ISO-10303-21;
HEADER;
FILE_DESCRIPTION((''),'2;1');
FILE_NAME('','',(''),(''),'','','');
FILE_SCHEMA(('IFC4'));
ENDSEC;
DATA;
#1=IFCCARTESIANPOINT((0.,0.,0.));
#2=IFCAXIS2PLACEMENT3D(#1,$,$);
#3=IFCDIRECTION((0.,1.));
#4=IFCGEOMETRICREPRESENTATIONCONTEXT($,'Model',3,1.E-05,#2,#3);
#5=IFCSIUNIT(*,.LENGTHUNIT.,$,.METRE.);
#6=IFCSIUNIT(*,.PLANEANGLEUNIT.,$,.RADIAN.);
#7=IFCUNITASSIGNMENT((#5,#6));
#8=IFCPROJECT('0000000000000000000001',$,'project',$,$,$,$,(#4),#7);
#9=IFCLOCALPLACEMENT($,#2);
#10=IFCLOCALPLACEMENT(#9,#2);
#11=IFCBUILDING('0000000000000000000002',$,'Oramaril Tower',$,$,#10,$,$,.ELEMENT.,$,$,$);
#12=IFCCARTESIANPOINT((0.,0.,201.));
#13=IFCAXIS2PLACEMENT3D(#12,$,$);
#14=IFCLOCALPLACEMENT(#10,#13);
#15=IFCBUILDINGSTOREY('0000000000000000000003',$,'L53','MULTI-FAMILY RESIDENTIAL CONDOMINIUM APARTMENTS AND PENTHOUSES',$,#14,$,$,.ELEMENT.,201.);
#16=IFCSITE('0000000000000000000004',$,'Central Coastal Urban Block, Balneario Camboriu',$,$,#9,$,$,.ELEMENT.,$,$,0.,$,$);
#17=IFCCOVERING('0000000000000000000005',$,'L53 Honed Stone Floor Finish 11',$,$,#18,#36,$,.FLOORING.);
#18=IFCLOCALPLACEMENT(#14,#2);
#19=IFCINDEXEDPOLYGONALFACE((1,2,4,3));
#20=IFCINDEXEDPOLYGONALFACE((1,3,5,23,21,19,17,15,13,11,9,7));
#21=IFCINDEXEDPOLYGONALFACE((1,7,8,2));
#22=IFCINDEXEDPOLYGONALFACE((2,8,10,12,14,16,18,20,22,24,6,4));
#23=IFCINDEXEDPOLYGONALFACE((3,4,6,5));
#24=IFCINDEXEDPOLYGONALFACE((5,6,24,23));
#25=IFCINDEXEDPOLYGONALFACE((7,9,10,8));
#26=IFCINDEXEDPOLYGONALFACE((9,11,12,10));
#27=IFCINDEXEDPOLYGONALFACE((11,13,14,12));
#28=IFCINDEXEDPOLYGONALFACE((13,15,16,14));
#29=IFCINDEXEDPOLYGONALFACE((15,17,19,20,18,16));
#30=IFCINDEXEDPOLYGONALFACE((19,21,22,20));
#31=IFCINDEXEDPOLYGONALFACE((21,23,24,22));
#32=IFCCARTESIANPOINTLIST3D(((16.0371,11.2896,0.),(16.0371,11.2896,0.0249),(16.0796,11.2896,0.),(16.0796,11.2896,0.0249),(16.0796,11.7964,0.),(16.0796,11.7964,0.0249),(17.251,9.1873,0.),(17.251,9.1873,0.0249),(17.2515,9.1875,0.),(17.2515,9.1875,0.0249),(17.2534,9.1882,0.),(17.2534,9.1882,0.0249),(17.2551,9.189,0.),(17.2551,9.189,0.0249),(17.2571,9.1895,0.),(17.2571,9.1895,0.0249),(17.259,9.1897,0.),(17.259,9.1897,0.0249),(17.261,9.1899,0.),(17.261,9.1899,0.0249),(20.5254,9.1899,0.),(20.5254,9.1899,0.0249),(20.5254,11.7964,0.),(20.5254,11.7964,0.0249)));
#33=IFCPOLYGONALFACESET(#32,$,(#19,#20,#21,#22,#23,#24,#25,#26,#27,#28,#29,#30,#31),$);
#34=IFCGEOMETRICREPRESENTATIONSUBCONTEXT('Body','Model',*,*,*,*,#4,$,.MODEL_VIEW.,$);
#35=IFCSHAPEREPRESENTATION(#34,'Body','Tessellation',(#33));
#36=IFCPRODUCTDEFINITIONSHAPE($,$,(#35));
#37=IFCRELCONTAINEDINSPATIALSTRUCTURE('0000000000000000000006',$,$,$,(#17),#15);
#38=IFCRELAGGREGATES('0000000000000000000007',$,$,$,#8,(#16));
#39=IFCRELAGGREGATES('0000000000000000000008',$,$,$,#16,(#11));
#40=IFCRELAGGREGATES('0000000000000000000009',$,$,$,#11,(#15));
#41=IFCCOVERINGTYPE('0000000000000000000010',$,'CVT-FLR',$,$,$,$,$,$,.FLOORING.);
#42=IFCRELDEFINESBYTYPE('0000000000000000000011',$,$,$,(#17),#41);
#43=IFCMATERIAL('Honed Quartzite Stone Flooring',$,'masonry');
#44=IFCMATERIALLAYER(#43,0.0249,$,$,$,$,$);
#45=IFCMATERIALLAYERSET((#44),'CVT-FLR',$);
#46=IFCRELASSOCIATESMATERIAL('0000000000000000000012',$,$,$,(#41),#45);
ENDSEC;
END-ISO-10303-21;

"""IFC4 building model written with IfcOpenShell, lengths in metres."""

from ifc_helpers import new_model, si_unit, direction, frame, origin, place, context, subcontext, project, spatial, polyline, outline, extrude, material, layer, layer_set, type_object, element, save


model = new_model("IFC4")

# Units and contexts
model_context = context("Model", 3, precision=1e-05, world=origin(), true_north=direction((0.0, 1.0)))
body_context = subcontext(model_context, "Body", "Model", "MODEL_VIEW")
ifc_project = project(units=[si_unit("LENGTHUNIT", "METRE"), si_unit("PLANEANGLEUNIT", "RADIAN")], contexts=[model_context])

# Site, building, storey
site_placement = place(None, origin())
site = spatial("IfcSite", under=ifc_project, at=site_placement, Name="Central Coastal Urban Block, Balneario Camboriu", CompositionType="ELEMENT", RefElevation=0.0)
building_placement = place(site_placement, origin())
building = spatial("IfcBuilding", under=site, at=building_placement, Name="Oramaril Tower", CompositionType="ELEMENT")
storey_placement = place(building_placement, frame((0.0, 0.0, 201.0)))
storey = spatial("IfcBuildingStorey", under=building, at=storey_placement, Name="L53", Description="MULTI-FAMILY RESIDENTIAL CONDOMINIUM APARTMENTS AND PENTHOUSES", CompositionType="ELEMENT", Elevation=201.0)

# Covering
ifc_material_1 = material(Name="Honed Quartzite Stone Flooring", Category="masonry")
ifc_layer_1 = layer(ifc_material_1, 0.0249)
ifc_layer_set_1 = layer_set([ifc_layer_1], Name="CVT-FLR")
covering_type_1 = type_object("IfcCoveringType", Name="CVT-FLR", PredefinedType="FLOORING", material=ifc_layer_set_1)
covering_1_placement = place(storey_placement, origin())
element("IfcCovering", 1, at=covering_1_placement, inside=storey, type_object=covering_type_1, Name="L53 Honed Stone Floor Finish 11", PredefinedType="FLOORING", context=body_context, shape_type="SweptSolid", body=[
    extrude(outline(polyline([(16.0371, 11.2896), (16.0796, 11.2896), (16.0796, 11.7964), (20.5254, 11.7964), (20.5254, 9.1899), (17.261, 9.1899), (17.259, 9.1897), (17.2571, 9.1895), (17.2551, 9.189), (17.2534, 9.1882), (17.2515, 9.1875), (17.251, 9.1873), (16.0371, 11.2896)])), origin(), (0.0, 0.0, 1.0), 0.0249),
])

save(model, "model.ifc")
